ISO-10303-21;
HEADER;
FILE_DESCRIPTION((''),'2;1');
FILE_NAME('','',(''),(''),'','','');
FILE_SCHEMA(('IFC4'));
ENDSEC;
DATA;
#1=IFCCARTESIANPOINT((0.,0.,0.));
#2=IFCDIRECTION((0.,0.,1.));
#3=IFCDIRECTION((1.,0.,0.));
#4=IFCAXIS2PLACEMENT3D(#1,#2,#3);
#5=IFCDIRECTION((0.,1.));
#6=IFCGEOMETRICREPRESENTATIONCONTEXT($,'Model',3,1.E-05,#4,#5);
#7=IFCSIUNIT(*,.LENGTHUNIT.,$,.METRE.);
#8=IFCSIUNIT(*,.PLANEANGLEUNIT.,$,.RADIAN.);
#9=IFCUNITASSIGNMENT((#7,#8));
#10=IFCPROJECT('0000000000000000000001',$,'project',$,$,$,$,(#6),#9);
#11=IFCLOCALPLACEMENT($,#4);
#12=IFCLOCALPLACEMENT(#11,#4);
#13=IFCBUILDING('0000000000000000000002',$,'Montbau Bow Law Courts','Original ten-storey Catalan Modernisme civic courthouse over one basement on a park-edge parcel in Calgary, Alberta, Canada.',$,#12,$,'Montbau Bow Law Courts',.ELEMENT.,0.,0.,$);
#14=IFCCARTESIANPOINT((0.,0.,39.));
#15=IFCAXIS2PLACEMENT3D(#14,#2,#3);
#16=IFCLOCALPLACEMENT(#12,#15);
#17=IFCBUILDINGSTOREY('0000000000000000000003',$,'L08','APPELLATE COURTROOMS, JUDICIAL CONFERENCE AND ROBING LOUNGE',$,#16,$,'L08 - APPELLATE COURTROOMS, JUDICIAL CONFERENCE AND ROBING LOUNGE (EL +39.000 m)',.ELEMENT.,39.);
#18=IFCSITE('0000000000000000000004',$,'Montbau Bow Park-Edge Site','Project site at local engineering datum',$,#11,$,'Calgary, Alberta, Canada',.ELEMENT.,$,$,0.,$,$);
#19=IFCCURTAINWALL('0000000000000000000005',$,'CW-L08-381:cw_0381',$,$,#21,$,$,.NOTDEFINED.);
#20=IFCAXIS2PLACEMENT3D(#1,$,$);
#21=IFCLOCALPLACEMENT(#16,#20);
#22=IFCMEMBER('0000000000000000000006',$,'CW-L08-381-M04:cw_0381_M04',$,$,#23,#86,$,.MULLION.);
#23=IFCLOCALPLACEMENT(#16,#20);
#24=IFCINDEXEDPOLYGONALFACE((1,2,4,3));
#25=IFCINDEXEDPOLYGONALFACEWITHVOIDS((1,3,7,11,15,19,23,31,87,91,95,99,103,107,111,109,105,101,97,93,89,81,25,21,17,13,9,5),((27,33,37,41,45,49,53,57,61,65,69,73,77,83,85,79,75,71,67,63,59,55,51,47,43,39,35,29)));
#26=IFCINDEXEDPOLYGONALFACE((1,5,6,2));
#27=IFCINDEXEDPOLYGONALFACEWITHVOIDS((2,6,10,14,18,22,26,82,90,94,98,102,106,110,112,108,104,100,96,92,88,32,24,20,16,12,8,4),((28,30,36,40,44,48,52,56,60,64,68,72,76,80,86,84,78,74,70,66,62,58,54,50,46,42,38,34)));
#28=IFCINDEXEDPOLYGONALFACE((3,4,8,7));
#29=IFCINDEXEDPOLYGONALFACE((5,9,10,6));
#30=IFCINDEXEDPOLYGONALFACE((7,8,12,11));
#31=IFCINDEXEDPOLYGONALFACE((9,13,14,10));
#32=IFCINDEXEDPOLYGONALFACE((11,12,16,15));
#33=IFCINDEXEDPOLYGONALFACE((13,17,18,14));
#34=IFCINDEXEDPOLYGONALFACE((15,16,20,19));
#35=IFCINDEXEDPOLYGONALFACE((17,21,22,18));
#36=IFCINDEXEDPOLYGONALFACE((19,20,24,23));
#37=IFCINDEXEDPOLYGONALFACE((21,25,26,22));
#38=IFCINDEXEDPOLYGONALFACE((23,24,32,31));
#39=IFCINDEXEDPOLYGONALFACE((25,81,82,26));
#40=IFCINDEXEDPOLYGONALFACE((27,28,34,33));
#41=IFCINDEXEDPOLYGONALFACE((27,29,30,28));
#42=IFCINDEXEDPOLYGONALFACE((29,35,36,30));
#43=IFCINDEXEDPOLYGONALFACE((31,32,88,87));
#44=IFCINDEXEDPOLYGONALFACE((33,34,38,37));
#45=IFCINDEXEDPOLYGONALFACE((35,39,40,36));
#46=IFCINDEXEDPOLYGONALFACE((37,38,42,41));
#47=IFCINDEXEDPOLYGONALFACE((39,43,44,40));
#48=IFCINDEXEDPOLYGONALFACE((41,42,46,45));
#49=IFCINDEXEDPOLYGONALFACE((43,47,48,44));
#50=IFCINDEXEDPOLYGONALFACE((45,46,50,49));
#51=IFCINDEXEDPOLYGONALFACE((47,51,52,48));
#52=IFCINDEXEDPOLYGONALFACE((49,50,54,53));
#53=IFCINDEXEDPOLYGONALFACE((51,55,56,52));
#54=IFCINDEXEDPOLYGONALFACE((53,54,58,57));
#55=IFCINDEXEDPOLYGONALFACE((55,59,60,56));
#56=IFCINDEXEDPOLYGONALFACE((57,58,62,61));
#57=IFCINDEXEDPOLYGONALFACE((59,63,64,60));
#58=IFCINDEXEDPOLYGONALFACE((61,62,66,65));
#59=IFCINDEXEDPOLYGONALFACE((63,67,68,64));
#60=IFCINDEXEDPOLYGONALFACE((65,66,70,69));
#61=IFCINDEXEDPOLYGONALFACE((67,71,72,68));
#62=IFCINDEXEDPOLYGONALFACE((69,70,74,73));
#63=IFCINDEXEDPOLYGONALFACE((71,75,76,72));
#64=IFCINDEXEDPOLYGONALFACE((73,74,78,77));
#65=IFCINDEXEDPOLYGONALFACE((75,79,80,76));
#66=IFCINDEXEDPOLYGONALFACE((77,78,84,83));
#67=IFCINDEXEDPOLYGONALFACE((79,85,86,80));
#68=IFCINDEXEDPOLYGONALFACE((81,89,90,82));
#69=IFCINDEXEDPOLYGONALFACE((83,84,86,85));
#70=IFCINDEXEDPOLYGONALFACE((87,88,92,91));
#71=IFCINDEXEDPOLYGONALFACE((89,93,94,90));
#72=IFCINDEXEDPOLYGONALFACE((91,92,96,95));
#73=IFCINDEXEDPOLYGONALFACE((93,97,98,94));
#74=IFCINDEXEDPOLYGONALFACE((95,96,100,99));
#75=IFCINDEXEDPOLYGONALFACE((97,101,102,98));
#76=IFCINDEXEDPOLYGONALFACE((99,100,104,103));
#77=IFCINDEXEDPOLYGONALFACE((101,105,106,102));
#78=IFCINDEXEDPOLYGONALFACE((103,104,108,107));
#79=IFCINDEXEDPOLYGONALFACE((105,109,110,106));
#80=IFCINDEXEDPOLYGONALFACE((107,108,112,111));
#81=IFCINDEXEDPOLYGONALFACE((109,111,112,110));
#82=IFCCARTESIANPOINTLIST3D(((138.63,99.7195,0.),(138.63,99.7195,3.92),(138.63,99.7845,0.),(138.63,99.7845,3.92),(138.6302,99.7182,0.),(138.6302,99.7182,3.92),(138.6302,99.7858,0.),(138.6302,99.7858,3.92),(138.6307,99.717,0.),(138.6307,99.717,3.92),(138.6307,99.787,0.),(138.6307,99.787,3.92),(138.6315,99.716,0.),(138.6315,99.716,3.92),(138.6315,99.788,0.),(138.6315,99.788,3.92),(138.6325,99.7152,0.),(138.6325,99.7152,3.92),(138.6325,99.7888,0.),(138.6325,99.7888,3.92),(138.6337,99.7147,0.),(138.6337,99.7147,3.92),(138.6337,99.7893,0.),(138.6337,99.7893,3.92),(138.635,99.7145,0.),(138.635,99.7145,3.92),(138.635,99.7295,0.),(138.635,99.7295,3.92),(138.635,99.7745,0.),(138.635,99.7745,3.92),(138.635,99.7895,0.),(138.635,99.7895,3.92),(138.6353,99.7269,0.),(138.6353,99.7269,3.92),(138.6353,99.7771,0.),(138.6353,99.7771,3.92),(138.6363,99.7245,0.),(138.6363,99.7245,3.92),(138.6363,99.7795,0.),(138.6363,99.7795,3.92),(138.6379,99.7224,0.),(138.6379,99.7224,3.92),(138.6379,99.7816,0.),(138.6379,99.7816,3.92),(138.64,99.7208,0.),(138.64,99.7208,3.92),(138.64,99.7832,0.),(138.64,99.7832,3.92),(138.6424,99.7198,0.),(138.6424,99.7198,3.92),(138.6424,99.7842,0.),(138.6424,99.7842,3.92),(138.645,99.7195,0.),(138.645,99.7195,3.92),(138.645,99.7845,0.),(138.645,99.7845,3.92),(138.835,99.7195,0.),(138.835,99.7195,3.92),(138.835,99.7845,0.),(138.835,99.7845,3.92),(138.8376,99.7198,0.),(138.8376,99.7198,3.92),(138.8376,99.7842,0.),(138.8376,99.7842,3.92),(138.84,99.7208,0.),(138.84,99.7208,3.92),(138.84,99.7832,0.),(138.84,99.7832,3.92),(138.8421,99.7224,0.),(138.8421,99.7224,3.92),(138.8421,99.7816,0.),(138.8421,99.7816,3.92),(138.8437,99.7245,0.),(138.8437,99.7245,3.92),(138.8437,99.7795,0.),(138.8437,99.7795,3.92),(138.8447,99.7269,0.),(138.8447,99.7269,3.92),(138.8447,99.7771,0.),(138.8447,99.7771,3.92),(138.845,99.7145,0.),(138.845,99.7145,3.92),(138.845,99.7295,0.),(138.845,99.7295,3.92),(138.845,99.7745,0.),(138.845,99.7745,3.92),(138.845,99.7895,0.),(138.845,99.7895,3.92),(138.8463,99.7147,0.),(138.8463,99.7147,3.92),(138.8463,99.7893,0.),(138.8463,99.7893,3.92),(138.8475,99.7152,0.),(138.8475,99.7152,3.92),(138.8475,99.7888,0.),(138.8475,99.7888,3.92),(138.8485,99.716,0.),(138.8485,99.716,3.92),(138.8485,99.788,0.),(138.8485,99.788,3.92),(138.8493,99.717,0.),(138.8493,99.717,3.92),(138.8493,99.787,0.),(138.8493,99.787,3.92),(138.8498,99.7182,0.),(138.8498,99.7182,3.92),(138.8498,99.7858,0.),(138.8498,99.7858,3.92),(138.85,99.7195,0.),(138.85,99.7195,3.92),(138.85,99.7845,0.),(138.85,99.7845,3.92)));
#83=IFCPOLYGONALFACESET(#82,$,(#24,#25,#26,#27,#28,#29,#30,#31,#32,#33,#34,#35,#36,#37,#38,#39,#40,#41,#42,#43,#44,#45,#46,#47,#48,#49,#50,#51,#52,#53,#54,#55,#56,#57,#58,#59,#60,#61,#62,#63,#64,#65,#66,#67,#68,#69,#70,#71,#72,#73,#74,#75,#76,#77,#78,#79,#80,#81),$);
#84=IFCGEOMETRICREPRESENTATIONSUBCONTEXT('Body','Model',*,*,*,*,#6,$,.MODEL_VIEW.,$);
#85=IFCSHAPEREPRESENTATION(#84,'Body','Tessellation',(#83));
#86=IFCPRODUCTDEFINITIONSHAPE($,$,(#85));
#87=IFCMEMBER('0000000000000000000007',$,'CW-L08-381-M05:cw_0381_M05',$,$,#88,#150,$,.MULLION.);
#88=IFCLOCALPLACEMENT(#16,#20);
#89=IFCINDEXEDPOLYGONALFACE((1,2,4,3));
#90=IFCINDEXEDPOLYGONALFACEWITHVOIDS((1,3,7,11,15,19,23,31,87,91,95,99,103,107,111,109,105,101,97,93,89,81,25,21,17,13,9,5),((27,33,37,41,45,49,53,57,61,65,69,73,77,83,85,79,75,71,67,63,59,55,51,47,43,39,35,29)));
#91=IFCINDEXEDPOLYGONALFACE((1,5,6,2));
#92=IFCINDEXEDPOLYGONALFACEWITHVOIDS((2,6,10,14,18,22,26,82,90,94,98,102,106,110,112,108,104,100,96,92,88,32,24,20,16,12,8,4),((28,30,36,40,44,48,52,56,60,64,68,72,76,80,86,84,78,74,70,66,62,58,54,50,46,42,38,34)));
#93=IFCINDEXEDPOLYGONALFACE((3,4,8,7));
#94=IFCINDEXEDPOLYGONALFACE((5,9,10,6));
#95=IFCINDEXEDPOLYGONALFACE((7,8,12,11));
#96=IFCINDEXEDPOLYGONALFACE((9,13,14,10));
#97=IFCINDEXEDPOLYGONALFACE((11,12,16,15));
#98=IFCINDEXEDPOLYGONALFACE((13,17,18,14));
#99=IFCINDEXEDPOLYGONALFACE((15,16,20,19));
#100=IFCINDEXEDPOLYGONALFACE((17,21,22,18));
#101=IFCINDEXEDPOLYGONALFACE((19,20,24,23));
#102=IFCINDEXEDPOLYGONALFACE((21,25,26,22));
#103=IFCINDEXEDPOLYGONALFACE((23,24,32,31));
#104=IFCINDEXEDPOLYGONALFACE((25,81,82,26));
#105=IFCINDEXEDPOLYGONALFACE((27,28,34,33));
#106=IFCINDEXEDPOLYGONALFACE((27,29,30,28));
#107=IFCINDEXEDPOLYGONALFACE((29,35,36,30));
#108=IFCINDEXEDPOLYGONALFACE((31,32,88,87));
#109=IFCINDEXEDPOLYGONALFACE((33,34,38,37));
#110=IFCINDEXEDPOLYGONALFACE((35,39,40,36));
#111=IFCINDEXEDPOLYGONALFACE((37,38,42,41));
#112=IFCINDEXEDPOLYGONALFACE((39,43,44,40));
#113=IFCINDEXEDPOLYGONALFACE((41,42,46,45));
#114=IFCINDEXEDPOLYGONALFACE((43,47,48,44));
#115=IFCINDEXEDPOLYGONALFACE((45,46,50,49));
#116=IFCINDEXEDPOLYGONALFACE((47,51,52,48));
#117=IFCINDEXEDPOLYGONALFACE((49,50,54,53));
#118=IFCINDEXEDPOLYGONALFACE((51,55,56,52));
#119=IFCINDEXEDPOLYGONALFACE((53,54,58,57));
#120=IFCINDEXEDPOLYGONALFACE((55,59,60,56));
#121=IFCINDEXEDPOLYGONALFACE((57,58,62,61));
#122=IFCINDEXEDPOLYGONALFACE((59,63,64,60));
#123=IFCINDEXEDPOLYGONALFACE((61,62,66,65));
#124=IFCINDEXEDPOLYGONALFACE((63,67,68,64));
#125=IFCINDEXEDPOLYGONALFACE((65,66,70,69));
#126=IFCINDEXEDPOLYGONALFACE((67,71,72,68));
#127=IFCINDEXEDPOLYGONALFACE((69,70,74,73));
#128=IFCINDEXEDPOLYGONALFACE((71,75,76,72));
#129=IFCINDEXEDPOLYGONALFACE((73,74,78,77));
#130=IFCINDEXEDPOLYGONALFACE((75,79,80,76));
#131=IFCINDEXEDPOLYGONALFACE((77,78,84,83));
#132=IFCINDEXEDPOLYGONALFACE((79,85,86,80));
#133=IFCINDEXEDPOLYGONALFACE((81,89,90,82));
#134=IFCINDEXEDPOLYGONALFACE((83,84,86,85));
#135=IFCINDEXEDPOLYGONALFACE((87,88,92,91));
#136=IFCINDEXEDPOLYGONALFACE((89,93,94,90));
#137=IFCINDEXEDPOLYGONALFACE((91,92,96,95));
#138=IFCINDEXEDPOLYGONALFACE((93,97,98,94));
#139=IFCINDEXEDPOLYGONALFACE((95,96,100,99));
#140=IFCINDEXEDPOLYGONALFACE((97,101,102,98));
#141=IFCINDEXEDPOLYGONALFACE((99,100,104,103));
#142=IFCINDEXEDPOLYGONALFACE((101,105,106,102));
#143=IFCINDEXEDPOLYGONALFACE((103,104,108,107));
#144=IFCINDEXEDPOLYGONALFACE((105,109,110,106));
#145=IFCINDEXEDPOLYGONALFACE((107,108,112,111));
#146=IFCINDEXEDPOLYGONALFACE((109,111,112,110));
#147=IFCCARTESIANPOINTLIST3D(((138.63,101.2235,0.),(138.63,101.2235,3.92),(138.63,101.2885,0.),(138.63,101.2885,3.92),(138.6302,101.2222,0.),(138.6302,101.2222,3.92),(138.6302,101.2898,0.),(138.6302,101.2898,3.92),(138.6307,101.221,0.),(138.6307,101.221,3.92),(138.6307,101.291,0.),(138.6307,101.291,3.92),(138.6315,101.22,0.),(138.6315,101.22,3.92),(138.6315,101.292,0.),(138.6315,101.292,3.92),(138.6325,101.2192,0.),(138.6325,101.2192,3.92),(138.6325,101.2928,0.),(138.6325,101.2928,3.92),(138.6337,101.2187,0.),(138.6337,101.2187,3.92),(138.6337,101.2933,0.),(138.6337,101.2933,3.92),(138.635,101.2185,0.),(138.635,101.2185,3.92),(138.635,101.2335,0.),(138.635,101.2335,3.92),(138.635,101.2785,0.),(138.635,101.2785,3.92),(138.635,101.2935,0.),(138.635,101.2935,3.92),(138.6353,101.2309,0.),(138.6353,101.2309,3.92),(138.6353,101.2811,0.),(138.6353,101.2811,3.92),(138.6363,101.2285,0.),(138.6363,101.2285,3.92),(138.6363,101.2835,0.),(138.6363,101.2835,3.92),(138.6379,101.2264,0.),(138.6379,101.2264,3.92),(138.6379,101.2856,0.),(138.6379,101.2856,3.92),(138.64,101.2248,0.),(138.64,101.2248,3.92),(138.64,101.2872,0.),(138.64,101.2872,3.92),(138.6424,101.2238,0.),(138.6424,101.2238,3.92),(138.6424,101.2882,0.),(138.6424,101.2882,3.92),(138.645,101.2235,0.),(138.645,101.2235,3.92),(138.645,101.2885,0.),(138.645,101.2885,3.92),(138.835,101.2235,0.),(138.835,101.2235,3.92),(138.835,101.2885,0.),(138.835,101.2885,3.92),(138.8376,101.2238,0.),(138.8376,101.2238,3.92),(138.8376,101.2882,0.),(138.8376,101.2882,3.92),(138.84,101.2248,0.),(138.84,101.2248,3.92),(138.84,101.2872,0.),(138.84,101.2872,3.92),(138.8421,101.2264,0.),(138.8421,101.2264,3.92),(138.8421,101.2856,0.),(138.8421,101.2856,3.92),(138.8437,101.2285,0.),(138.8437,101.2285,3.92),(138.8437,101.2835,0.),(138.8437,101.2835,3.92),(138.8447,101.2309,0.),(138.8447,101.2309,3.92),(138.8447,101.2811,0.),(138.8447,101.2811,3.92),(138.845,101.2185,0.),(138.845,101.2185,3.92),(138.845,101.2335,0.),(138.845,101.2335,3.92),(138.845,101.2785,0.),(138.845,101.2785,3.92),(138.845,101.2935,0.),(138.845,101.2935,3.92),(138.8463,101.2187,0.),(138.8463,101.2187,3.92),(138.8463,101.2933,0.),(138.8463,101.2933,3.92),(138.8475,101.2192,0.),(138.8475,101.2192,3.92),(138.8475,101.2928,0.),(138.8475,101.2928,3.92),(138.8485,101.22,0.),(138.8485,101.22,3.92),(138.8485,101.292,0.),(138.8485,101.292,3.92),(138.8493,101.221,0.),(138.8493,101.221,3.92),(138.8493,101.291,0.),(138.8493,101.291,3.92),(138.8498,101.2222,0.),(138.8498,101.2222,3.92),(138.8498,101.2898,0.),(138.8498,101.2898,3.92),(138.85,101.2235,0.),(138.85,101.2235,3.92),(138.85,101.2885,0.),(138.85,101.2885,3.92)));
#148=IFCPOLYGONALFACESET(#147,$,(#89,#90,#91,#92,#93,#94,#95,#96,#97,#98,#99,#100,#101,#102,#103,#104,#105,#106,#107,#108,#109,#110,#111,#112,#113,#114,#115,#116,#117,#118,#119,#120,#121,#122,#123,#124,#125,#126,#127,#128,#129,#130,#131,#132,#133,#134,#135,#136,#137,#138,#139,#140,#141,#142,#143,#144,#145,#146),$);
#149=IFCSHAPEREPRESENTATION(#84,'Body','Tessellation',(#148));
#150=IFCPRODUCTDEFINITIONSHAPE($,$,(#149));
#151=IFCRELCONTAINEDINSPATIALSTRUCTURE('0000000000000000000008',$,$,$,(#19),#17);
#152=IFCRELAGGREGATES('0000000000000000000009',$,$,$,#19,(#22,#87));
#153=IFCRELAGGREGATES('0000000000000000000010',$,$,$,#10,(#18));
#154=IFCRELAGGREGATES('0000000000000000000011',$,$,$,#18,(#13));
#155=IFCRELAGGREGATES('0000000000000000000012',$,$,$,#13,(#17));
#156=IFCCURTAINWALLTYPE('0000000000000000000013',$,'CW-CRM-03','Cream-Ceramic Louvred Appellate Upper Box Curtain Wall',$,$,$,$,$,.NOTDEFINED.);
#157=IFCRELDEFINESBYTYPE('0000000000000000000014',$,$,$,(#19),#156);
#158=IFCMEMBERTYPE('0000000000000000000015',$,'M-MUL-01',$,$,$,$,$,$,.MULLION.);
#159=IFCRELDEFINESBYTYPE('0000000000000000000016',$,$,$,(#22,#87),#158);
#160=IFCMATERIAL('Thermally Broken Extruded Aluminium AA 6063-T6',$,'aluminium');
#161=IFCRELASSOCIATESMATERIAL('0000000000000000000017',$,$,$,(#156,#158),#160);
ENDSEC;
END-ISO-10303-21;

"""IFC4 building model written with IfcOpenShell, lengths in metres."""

from ifc_helpers import new_model, si_unit, direction, frame, origin_with_axes, origin_2d_with_axis, place, context, subcontext, project, spatial, hollow_rectangle, extrude, material, material_profile, profile_set, type_object, element, aggregate, save


model = new_model("IFC4")

# Units and contexts
model_context = context("Model", 3, precision=1e-05, world=origin_with_axes(), true_north=direction((0.0, 1.0)))
body_context = subcontext(model_context, "Body", "Model", "MODEL_VIEW")
ifc_project = project(units=[si_unit("LENGTHUNIT", "METRE"), si_unit("PLANEANGLEUNIT", "RADIAN")], contexts=[model_context])

# Site, building, storey
site_placement = place(None, origin_with_axes())
site = spatial("IfcSite", under=ifc_project, at=site_placement, Name="Montbau Bow Park-Edge Site", Description="Project site at local engineering datum", LongName="Calgary, Alberta, Canada", CompositionType="ELEMENT", RefElevation=0.0)
building_placement = place(site_placement, origin_with_axes())
building = spatial("IfcBuilding", under=site, at=building_placement, Name="Montbau Bow Law Courts", Description="Original ten-storey Catalan Modernisme civic courthouse over one basement on a park-edge parcel in Calgary, Alberta, Canada.", LongName="Montbau Bow Law Courts", CompositionType="ELEMENT", ElevationOfRefHeight=0.0, ElevationOfTerrain=0.0)
storey_placement = place(building_placement, frame((0.0, 0.0, 39.0), z_axis=(0.0, 0.0, 1.0), x_axis=(1.0, 0.0, 0.0)))
storey = spatial("IfcBuildingStorey", under=building, at=storey_placement, Name="L08", Description="APPELLATE COURTROOMS, JUDICIAL CONFERENCE AND ROBING LOUNGE", LongName="L08 - APPELLATE COURTROOMS, JUDICIAL CONFERENCE AND ROBING LOUNGE (EL +39.000 m)", CompositionType="ELEMENT", Elevation=39.0)

# Curtain wall, members
ifc_material_1 = material(Name="Thermally Broken Extruded Aluminium AA 6063-T6", Category="aluminium")
curtain_wall_type = type_object("IfcCurtainWallType", Name="CW-CRM-03", Description="Cream-Ceramic Louvred Appellate Upper Box Curtain Wall", PredefinedType="NOTDEFINED", material=ifc_material_1)
curtain_wall_placement = place(None, frame((138.74, 95.24, 39.0), z_axis=(0.0, 0.0, 1.0), x_axis=(1.0, 0.0, 0.0)))
curtain_wall = element("IfcCurtainWall", 1, at=curtain_wall_placement, inside=storey, type_object=curtain_wall_type, Name="CW-L08-381:cw_0381", PredefinedType="NOTDEFINED")
ifc_material_profile_1 = material_profile(ifc_material_1, hollow_rectangle(XDim=0.075, YDim=0.22, WallThickness=0.005, InnerFilletRadius=0.01, OuterFilletRadius=0.005, at=origin_2d_with_axis()), Name="CWM-220X75", Category="Main", Priority=0)
ifc_profile_set_1 = profile_set([ifc_material_profile_1], Name="Thermally Broken Extruded Aluminium AA 6063-T6")
member_type_1 = type_object("IfcMemberType", Name="M-MUL-01", PredefinedType="MULLION", material=ifc_profile_set_1)
member_1_placement = place(None, frame((138.74, 99.752, 39.0), z_axis=(0.0, 0.0, 1.0), x_axis=(0.0, 1.0, 0.0)))
member_1 = element("IfcMember", 2, at=member_1_placement, type_object=member_type_1, Name="CW-L08-381-M04:cw_0381_M04", PredefinedType="MULLION", context=body_context, shape_type="SweptSolid", body=[
    extrude(hollow_rectangle(XDim=0.075, YDim=0.22, WallThickness=0.005, InnerFilletRadius=0.01, OuterFilletRadius=0.005, at=origin_2d_with_axis()), origin_with_axes(), (0.0, 0.0, 1.0), 3.92),
])
member_2_placement = place(None, frame((138.74, 101.256, 39.0), z_axis=(0.0, 0.0, 1.0), x_axis=(0.0, 1.0, 0.0)))
member_2 = element("IfcMember", 3, at=member_2_placement, type_object=member_type_1, Name="CW-L08-381-M05:cw_0381_M05", PredefinedType="MULLION", context=body_context, shape_type="SweptSolid", body=[
    extrude(hollow_rectangle(XDim=0.075, YDim=0.22, WallThickness=0.005, InnerFilletRadius=0.01, OuterFilletRadius=0.005, at=origin_2d_with_axis()), origin_with_axes(), (0.0, 0.0, 1.0), 3.92),
])
aggregate(curtain_wall, [member_1, member_2])

save(model, "model.ifc")
